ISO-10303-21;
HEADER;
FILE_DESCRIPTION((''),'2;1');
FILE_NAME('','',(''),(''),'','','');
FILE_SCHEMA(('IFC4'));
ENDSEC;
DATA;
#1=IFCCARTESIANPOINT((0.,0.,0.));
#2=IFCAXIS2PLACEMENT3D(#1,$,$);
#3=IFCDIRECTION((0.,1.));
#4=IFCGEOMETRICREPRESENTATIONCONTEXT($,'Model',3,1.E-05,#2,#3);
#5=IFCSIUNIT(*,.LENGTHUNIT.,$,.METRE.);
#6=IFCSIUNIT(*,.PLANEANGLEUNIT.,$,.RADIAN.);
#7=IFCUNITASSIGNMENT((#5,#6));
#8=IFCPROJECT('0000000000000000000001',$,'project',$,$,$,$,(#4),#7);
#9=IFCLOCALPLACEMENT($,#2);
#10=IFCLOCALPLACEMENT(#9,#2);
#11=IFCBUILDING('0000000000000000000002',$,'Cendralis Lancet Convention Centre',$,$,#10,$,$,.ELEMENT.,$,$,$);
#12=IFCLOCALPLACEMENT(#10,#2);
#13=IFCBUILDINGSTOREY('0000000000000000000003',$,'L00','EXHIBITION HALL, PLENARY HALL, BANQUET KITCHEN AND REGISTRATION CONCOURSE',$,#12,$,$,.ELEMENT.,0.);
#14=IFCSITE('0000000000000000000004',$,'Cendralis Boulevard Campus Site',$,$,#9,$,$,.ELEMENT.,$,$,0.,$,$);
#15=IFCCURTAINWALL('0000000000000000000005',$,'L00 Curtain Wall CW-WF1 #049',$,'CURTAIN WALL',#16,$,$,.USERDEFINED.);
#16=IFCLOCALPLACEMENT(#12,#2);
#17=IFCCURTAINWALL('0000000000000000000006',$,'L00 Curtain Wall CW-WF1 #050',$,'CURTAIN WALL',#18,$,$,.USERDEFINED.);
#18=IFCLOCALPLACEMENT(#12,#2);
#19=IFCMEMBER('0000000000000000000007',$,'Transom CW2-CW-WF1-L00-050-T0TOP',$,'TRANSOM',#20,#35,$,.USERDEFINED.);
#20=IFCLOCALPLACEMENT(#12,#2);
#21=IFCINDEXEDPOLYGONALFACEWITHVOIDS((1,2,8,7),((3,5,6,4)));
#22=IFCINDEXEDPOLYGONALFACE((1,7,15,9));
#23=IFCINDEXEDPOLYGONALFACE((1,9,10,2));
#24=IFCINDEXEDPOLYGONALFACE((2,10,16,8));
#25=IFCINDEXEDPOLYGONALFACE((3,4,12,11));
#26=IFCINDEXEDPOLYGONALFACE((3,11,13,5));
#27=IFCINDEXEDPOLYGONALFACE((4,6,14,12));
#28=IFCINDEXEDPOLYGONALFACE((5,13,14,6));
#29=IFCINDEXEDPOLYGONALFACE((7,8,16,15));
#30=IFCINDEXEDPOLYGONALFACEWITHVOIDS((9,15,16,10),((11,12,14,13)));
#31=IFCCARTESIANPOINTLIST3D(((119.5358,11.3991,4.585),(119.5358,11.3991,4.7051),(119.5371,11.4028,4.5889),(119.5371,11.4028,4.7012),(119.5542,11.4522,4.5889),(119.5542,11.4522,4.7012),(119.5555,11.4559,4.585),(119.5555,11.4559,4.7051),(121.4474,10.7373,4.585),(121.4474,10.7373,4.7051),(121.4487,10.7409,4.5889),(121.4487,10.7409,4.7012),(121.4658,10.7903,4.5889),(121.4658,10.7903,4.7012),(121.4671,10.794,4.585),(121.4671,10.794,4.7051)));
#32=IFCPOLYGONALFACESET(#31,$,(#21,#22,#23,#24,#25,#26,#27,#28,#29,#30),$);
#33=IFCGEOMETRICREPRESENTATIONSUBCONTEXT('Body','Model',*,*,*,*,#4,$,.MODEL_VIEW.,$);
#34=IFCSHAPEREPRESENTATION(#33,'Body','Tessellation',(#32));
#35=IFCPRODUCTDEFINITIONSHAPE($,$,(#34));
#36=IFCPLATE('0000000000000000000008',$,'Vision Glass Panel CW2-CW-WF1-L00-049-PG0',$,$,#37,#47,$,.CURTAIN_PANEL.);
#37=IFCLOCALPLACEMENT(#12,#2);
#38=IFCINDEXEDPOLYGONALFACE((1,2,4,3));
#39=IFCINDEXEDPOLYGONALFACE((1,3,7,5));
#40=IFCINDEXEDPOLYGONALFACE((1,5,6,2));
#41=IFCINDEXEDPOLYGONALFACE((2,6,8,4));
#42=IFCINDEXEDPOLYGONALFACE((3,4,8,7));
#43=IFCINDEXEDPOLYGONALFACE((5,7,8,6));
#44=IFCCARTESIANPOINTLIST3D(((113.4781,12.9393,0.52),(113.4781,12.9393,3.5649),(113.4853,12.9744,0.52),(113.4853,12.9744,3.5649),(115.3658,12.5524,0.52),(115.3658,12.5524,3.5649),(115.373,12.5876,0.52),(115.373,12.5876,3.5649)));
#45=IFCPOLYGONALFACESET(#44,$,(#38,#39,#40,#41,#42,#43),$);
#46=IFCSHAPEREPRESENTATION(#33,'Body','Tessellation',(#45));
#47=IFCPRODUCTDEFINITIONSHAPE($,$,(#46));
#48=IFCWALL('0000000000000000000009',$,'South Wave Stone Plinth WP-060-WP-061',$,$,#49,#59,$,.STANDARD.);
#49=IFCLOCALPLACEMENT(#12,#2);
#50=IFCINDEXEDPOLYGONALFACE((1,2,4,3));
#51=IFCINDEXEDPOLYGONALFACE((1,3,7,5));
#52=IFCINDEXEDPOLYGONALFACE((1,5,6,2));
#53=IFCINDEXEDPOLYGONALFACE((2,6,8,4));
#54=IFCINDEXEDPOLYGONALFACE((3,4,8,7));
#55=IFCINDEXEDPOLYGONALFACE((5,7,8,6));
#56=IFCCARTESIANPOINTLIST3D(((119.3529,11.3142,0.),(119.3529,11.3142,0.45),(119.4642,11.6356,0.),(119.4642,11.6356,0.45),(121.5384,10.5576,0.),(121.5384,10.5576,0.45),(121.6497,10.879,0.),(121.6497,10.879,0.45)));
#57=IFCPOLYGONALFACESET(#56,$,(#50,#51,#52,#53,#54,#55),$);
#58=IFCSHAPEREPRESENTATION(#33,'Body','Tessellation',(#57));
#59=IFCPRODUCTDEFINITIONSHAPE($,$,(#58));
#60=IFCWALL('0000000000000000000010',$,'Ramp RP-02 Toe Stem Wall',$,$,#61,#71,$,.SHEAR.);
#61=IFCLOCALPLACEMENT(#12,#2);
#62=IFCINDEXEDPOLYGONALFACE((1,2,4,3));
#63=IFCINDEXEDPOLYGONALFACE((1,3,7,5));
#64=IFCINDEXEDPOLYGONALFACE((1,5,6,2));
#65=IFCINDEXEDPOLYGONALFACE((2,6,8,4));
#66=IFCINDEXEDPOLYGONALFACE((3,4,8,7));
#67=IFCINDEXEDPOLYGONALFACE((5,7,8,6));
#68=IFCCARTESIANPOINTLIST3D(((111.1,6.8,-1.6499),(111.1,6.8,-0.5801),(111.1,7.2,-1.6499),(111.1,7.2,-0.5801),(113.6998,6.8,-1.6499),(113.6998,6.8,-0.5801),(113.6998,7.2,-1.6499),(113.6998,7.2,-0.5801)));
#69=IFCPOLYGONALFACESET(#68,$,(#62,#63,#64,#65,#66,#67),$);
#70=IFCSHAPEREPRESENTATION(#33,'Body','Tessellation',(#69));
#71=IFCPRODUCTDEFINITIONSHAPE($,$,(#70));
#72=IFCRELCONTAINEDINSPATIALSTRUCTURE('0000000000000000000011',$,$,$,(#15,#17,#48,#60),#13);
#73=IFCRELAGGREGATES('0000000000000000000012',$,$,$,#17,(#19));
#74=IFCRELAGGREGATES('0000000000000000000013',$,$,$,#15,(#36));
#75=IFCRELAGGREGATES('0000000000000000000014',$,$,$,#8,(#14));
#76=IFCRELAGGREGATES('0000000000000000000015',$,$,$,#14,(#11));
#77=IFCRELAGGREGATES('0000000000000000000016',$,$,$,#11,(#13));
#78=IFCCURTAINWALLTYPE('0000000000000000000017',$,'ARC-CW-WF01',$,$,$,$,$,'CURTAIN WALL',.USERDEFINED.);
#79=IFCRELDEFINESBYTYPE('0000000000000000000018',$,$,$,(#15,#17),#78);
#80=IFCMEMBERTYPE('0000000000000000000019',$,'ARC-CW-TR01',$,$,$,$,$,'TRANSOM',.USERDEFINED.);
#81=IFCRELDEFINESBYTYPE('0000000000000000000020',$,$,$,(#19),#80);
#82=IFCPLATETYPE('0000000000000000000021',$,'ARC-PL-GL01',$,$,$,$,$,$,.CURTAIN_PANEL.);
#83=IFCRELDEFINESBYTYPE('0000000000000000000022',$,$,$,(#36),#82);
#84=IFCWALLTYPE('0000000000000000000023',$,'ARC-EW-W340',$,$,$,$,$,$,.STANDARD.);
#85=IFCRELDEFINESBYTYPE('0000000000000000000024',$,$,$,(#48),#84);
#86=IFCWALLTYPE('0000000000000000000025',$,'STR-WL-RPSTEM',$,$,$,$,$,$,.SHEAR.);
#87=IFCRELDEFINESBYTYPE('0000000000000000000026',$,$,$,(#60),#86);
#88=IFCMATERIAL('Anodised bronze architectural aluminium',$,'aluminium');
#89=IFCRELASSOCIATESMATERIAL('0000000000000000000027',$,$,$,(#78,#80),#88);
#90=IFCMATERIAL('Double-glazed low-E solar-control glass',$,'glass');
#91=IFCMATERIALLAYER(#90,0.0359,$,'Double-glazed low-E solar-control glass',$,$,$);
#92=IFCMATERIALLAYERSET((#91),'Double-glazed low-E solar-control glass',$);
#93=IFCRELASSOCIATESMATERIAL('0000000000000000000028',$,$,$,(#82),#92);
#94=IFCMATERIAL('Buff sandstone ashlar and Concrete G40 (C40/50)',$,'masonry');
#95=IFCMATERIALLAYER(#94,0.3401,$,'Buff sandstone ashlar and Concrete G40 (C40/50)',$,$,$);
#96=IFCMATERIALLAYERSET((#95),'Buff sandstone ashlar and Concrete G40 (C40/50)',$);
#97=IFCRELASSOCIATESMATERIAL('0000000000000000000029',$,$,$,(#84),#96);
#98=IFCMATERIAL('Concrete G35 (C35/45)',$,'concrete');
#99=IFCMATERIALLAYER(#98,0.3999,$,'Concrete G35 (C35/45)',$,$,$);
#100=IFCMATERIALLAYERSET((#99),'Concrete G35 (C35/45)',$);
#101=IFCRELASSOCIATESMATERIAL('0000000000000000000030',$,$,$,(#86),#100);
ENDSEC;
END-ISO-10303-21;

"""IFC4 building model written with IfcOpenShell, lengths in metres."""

from ifc_helpers import new_model, si_unit, direction, frame, frame_2d, origin, origin_2d, place, context, subcontext, project, spatial, rectangle, hollow_rectangle, extrude, material, layer, layer_set, material_profile, profile_set, type_object, element, aggregate, save


model = new_model("IFC4")

# Units and contexts
model_context = context("Model", 3, precision=1e-05, world=origin(), true_north=direction((0.0, 1.0)))
body_context = subcontext(model_context, "Body", "Model", "MODEL_VIEW")
ifc_project = project(units=[si_unit("LENGTHUNIT", "METRE"), si_unit("PLANEANGLEUNIT", "RADIAN")], contexts=[model_context])

# Site, building, storey
site_placement = place(None, origin())
site = spatial("IfcSite", under=ifc_project, at=site_placement, Name="Cendralis Boulevard Campus Site", CompositionType="ELEMENT", RefElevation=0.0)
building_placement = place(site_placement, origin())
building = spatial("IfcBuilding", under=site, at=building_placement, Name="Cendralis Lancet Convention Centre", CompositionType="ELEMENT")
storey_placement = place(building_placement, origin())
storey = spatial("IfcBuildingStorey", under=building, at=storey_placement, Name="L00", Description="EXHIBITION HALL, PLENARY HALL, BANQUET KITCHEN AND REGISTRATION CONCOURSE", CompositionType="ELEMENT", Elevation=0.0)

# Shared definitions
ifc_material_1 = material(Name="Concrete G35 (C35/45)", Category="concrete")

# Curtain wall
ifc_material_2 = material(Name="Anodised bronze architectural aluminium", Category="aluminium")
curtain_wall_type = type_object("IfcCurtainWallType", Name="ARC-CW-WF01", ElementType="CURTAIN WALL", PredefinedType="USERDEFINED", material=ifc_material_2)
curtain_wall_1_placement = place(storey_placement, origin())
curtain_wall_1 = element("IfcCurtainWall", 1, at=curtain_wall_1_placement, inside=storey, type_object=curtain_wall_type, Name="L00 Curtain Wall CW-WF1 #049", ObjectType="CURTAIN WALL", PredefinedType="USERDEFINED")

# Curtain wall, member
curtain_wall_2_placement = place(storey_placement, origin())
curtain_wall_2 = element("IfcCurtainWall", 2, at=curtain_wall_2_placement, inside=storey, type_object=curtain_wall_type, Name="L00 Curtain Wall CW-WF1 #050", ObjectType="CURTAIN WALL", PredefinedType="USERDEFINED")
ifc_material_profile_1 = material_profile(ifc_material_2, hollow_rectangle(XDim=0.0601, YDim=0.1201, WallThickness=0.0039, at=origin_2d()), Name="AL-TRAN 60x120x4.0")
ifc_profile_set_1 = profile_set([ifc_material_profile_1], Name="Anodised bronze architectural aluminium")
member_type_1 = type_object("IfcMemberType", Name="ARC-CW-TR01", ElementType="TRANSOM", PredefinedType="USERDEFINED", material=ifc_profile_set_1)
member_1_placement = place(storey_placement, frame((119.5457, 11.4275, 4.645), z_axis=(0.944963, -0.327177, 0.0), x_axis=(0.327177, 0.944963, 0.0)))
member_1 = element("IfcMember", 3, at=member_1_placement, type_object=member_type_1, Name="Transom CW2-CW-WF1-L00-050-T0TOP", ObjectType="TRANSOM", PredefinedType="USERDEFINED", context=body_context, shape_type="SweptSolid", body=[
    extrude(hollow_rectangle(XDim=0.0601, YDim=0.1201, WallThickness=0.0039, at=origin_2d()), origin(), (0.0, 0.0, 1.0), 2.0229),
])
aggregate(curtain_wall_2, [member_1])

# Plate
ifc_material_3 = material(Name="Double-glazed low-E solar-control glass", Category="glass")
ifc_layer_1 = layer(ifc_material_3, 0.0359, Name="Double-glazed low-E solar-control glass")
ifc_layer_set_1 = layer_set([ifc_layer_1], Name="Double-glazed low-E solar-control glass")
plate_type = type_object("IfcPlateType", Name="ARC-PL-GL01", PredefinedType="CURTAIN_PANEL", material=ifc_layer_set_1)
plate_placement = place(storey_placement, frame((114.4255, 12.7634, 0.52), z_axis=(0.0, 0.0, 1.0), x_axis=(0.979639, -0.200766, 0.0)))
plate = element("IfcPlate", 4, at=plate_placement, type_object=plate_type, Name="Vision Glass Panel CW2-CW-WF1-L00-049-PG0", PredefinedType="CURTAIN_PANEL", context=body_context, shape_type="SweptSolid", body=[
    extrude(rectangle(XDim=1.927, YDim=0.0359, at=origin_2d()), origin(), (0.0, 0.0, 1.0), 3.0449),
])
aggregate(curtain_wall_1, [plate])

# Shared definitions
ifc_material_4 = material(Name="Buff sandstone ashlar and Concrete G40 (C40/50)", Category="masonry")
ifc_layer_2 = layer(ifc_material_4, 0.3401, Name="Buff sandstone ashlar and Concrete G40 (C40/50)")
ifc_layer_set_2 = layer_set([ifc_layer_2], Name="Buff sandstone ashlar and Concrete G40 (C40/50)")
wall_type_1 = type_object("IfcWallType", Name="ARC-EW-W340", PredefinedType="STANDARD", material=ifc_layer_set_2)

# Walls
wall_1_placement = place(storey_placement, frame((119.4087, 11.4749, 0.0), z_axis=(0.0, 0.0, 1.0), x_axis=(0.944979, -0.327132, 0.0)))
element("IfcWall", 5, at=wall_1_placement, inside=storey, type_object=wall_type_1, Name="South Wave Stone Plinth WP-060-WP-061", PredefinedType="STANDARD", context=body_context, shape_type="SweptSolid", body=[
    extrude(rectangle(XDim=2.3127, YDim=0.3401, at=frame_2d((1.1562, 0.0))), origin(), (0.0, 0.0, 1.0), 0.45),
])
ifc_layer_3 = layer(ifc_material_1, 0.3999, Name="Concrete G35 (C35/45)")
ifc_layer_set_3 = layer_set([ifc_layer_3], Name="Concrete G35 (C35/45)")
wall_type_2 = type_object("IfcWallType", Name="STR-WL-RPSTEM", PredefinedType="SHEAR", material=ifc_layer_set_3)
wall_2_placement = place(storey_placement, frame((111.1001, 7.0, -1.6499), z_axis=(0.0, 0.0, 1.0), x_axis=(1.0, 0.0, 0.0)))
element("IfcWall", 6, at=wall_2_placement, inside=storey, type_object=wall_type_2, Name="Ramp RP-02 Toe Stem Wall", PredefinedType="SHEAR", context=body_context, shape_type="SweptSolid", body=[
    extrude(rectangle(XDim=2.5999, YDim=0.3999, at=frame_2d((1.2998, 0.0))), origin(), (0.0, 0.0, 1.0), 1.0698),
])

save(model, "model.ifc")
